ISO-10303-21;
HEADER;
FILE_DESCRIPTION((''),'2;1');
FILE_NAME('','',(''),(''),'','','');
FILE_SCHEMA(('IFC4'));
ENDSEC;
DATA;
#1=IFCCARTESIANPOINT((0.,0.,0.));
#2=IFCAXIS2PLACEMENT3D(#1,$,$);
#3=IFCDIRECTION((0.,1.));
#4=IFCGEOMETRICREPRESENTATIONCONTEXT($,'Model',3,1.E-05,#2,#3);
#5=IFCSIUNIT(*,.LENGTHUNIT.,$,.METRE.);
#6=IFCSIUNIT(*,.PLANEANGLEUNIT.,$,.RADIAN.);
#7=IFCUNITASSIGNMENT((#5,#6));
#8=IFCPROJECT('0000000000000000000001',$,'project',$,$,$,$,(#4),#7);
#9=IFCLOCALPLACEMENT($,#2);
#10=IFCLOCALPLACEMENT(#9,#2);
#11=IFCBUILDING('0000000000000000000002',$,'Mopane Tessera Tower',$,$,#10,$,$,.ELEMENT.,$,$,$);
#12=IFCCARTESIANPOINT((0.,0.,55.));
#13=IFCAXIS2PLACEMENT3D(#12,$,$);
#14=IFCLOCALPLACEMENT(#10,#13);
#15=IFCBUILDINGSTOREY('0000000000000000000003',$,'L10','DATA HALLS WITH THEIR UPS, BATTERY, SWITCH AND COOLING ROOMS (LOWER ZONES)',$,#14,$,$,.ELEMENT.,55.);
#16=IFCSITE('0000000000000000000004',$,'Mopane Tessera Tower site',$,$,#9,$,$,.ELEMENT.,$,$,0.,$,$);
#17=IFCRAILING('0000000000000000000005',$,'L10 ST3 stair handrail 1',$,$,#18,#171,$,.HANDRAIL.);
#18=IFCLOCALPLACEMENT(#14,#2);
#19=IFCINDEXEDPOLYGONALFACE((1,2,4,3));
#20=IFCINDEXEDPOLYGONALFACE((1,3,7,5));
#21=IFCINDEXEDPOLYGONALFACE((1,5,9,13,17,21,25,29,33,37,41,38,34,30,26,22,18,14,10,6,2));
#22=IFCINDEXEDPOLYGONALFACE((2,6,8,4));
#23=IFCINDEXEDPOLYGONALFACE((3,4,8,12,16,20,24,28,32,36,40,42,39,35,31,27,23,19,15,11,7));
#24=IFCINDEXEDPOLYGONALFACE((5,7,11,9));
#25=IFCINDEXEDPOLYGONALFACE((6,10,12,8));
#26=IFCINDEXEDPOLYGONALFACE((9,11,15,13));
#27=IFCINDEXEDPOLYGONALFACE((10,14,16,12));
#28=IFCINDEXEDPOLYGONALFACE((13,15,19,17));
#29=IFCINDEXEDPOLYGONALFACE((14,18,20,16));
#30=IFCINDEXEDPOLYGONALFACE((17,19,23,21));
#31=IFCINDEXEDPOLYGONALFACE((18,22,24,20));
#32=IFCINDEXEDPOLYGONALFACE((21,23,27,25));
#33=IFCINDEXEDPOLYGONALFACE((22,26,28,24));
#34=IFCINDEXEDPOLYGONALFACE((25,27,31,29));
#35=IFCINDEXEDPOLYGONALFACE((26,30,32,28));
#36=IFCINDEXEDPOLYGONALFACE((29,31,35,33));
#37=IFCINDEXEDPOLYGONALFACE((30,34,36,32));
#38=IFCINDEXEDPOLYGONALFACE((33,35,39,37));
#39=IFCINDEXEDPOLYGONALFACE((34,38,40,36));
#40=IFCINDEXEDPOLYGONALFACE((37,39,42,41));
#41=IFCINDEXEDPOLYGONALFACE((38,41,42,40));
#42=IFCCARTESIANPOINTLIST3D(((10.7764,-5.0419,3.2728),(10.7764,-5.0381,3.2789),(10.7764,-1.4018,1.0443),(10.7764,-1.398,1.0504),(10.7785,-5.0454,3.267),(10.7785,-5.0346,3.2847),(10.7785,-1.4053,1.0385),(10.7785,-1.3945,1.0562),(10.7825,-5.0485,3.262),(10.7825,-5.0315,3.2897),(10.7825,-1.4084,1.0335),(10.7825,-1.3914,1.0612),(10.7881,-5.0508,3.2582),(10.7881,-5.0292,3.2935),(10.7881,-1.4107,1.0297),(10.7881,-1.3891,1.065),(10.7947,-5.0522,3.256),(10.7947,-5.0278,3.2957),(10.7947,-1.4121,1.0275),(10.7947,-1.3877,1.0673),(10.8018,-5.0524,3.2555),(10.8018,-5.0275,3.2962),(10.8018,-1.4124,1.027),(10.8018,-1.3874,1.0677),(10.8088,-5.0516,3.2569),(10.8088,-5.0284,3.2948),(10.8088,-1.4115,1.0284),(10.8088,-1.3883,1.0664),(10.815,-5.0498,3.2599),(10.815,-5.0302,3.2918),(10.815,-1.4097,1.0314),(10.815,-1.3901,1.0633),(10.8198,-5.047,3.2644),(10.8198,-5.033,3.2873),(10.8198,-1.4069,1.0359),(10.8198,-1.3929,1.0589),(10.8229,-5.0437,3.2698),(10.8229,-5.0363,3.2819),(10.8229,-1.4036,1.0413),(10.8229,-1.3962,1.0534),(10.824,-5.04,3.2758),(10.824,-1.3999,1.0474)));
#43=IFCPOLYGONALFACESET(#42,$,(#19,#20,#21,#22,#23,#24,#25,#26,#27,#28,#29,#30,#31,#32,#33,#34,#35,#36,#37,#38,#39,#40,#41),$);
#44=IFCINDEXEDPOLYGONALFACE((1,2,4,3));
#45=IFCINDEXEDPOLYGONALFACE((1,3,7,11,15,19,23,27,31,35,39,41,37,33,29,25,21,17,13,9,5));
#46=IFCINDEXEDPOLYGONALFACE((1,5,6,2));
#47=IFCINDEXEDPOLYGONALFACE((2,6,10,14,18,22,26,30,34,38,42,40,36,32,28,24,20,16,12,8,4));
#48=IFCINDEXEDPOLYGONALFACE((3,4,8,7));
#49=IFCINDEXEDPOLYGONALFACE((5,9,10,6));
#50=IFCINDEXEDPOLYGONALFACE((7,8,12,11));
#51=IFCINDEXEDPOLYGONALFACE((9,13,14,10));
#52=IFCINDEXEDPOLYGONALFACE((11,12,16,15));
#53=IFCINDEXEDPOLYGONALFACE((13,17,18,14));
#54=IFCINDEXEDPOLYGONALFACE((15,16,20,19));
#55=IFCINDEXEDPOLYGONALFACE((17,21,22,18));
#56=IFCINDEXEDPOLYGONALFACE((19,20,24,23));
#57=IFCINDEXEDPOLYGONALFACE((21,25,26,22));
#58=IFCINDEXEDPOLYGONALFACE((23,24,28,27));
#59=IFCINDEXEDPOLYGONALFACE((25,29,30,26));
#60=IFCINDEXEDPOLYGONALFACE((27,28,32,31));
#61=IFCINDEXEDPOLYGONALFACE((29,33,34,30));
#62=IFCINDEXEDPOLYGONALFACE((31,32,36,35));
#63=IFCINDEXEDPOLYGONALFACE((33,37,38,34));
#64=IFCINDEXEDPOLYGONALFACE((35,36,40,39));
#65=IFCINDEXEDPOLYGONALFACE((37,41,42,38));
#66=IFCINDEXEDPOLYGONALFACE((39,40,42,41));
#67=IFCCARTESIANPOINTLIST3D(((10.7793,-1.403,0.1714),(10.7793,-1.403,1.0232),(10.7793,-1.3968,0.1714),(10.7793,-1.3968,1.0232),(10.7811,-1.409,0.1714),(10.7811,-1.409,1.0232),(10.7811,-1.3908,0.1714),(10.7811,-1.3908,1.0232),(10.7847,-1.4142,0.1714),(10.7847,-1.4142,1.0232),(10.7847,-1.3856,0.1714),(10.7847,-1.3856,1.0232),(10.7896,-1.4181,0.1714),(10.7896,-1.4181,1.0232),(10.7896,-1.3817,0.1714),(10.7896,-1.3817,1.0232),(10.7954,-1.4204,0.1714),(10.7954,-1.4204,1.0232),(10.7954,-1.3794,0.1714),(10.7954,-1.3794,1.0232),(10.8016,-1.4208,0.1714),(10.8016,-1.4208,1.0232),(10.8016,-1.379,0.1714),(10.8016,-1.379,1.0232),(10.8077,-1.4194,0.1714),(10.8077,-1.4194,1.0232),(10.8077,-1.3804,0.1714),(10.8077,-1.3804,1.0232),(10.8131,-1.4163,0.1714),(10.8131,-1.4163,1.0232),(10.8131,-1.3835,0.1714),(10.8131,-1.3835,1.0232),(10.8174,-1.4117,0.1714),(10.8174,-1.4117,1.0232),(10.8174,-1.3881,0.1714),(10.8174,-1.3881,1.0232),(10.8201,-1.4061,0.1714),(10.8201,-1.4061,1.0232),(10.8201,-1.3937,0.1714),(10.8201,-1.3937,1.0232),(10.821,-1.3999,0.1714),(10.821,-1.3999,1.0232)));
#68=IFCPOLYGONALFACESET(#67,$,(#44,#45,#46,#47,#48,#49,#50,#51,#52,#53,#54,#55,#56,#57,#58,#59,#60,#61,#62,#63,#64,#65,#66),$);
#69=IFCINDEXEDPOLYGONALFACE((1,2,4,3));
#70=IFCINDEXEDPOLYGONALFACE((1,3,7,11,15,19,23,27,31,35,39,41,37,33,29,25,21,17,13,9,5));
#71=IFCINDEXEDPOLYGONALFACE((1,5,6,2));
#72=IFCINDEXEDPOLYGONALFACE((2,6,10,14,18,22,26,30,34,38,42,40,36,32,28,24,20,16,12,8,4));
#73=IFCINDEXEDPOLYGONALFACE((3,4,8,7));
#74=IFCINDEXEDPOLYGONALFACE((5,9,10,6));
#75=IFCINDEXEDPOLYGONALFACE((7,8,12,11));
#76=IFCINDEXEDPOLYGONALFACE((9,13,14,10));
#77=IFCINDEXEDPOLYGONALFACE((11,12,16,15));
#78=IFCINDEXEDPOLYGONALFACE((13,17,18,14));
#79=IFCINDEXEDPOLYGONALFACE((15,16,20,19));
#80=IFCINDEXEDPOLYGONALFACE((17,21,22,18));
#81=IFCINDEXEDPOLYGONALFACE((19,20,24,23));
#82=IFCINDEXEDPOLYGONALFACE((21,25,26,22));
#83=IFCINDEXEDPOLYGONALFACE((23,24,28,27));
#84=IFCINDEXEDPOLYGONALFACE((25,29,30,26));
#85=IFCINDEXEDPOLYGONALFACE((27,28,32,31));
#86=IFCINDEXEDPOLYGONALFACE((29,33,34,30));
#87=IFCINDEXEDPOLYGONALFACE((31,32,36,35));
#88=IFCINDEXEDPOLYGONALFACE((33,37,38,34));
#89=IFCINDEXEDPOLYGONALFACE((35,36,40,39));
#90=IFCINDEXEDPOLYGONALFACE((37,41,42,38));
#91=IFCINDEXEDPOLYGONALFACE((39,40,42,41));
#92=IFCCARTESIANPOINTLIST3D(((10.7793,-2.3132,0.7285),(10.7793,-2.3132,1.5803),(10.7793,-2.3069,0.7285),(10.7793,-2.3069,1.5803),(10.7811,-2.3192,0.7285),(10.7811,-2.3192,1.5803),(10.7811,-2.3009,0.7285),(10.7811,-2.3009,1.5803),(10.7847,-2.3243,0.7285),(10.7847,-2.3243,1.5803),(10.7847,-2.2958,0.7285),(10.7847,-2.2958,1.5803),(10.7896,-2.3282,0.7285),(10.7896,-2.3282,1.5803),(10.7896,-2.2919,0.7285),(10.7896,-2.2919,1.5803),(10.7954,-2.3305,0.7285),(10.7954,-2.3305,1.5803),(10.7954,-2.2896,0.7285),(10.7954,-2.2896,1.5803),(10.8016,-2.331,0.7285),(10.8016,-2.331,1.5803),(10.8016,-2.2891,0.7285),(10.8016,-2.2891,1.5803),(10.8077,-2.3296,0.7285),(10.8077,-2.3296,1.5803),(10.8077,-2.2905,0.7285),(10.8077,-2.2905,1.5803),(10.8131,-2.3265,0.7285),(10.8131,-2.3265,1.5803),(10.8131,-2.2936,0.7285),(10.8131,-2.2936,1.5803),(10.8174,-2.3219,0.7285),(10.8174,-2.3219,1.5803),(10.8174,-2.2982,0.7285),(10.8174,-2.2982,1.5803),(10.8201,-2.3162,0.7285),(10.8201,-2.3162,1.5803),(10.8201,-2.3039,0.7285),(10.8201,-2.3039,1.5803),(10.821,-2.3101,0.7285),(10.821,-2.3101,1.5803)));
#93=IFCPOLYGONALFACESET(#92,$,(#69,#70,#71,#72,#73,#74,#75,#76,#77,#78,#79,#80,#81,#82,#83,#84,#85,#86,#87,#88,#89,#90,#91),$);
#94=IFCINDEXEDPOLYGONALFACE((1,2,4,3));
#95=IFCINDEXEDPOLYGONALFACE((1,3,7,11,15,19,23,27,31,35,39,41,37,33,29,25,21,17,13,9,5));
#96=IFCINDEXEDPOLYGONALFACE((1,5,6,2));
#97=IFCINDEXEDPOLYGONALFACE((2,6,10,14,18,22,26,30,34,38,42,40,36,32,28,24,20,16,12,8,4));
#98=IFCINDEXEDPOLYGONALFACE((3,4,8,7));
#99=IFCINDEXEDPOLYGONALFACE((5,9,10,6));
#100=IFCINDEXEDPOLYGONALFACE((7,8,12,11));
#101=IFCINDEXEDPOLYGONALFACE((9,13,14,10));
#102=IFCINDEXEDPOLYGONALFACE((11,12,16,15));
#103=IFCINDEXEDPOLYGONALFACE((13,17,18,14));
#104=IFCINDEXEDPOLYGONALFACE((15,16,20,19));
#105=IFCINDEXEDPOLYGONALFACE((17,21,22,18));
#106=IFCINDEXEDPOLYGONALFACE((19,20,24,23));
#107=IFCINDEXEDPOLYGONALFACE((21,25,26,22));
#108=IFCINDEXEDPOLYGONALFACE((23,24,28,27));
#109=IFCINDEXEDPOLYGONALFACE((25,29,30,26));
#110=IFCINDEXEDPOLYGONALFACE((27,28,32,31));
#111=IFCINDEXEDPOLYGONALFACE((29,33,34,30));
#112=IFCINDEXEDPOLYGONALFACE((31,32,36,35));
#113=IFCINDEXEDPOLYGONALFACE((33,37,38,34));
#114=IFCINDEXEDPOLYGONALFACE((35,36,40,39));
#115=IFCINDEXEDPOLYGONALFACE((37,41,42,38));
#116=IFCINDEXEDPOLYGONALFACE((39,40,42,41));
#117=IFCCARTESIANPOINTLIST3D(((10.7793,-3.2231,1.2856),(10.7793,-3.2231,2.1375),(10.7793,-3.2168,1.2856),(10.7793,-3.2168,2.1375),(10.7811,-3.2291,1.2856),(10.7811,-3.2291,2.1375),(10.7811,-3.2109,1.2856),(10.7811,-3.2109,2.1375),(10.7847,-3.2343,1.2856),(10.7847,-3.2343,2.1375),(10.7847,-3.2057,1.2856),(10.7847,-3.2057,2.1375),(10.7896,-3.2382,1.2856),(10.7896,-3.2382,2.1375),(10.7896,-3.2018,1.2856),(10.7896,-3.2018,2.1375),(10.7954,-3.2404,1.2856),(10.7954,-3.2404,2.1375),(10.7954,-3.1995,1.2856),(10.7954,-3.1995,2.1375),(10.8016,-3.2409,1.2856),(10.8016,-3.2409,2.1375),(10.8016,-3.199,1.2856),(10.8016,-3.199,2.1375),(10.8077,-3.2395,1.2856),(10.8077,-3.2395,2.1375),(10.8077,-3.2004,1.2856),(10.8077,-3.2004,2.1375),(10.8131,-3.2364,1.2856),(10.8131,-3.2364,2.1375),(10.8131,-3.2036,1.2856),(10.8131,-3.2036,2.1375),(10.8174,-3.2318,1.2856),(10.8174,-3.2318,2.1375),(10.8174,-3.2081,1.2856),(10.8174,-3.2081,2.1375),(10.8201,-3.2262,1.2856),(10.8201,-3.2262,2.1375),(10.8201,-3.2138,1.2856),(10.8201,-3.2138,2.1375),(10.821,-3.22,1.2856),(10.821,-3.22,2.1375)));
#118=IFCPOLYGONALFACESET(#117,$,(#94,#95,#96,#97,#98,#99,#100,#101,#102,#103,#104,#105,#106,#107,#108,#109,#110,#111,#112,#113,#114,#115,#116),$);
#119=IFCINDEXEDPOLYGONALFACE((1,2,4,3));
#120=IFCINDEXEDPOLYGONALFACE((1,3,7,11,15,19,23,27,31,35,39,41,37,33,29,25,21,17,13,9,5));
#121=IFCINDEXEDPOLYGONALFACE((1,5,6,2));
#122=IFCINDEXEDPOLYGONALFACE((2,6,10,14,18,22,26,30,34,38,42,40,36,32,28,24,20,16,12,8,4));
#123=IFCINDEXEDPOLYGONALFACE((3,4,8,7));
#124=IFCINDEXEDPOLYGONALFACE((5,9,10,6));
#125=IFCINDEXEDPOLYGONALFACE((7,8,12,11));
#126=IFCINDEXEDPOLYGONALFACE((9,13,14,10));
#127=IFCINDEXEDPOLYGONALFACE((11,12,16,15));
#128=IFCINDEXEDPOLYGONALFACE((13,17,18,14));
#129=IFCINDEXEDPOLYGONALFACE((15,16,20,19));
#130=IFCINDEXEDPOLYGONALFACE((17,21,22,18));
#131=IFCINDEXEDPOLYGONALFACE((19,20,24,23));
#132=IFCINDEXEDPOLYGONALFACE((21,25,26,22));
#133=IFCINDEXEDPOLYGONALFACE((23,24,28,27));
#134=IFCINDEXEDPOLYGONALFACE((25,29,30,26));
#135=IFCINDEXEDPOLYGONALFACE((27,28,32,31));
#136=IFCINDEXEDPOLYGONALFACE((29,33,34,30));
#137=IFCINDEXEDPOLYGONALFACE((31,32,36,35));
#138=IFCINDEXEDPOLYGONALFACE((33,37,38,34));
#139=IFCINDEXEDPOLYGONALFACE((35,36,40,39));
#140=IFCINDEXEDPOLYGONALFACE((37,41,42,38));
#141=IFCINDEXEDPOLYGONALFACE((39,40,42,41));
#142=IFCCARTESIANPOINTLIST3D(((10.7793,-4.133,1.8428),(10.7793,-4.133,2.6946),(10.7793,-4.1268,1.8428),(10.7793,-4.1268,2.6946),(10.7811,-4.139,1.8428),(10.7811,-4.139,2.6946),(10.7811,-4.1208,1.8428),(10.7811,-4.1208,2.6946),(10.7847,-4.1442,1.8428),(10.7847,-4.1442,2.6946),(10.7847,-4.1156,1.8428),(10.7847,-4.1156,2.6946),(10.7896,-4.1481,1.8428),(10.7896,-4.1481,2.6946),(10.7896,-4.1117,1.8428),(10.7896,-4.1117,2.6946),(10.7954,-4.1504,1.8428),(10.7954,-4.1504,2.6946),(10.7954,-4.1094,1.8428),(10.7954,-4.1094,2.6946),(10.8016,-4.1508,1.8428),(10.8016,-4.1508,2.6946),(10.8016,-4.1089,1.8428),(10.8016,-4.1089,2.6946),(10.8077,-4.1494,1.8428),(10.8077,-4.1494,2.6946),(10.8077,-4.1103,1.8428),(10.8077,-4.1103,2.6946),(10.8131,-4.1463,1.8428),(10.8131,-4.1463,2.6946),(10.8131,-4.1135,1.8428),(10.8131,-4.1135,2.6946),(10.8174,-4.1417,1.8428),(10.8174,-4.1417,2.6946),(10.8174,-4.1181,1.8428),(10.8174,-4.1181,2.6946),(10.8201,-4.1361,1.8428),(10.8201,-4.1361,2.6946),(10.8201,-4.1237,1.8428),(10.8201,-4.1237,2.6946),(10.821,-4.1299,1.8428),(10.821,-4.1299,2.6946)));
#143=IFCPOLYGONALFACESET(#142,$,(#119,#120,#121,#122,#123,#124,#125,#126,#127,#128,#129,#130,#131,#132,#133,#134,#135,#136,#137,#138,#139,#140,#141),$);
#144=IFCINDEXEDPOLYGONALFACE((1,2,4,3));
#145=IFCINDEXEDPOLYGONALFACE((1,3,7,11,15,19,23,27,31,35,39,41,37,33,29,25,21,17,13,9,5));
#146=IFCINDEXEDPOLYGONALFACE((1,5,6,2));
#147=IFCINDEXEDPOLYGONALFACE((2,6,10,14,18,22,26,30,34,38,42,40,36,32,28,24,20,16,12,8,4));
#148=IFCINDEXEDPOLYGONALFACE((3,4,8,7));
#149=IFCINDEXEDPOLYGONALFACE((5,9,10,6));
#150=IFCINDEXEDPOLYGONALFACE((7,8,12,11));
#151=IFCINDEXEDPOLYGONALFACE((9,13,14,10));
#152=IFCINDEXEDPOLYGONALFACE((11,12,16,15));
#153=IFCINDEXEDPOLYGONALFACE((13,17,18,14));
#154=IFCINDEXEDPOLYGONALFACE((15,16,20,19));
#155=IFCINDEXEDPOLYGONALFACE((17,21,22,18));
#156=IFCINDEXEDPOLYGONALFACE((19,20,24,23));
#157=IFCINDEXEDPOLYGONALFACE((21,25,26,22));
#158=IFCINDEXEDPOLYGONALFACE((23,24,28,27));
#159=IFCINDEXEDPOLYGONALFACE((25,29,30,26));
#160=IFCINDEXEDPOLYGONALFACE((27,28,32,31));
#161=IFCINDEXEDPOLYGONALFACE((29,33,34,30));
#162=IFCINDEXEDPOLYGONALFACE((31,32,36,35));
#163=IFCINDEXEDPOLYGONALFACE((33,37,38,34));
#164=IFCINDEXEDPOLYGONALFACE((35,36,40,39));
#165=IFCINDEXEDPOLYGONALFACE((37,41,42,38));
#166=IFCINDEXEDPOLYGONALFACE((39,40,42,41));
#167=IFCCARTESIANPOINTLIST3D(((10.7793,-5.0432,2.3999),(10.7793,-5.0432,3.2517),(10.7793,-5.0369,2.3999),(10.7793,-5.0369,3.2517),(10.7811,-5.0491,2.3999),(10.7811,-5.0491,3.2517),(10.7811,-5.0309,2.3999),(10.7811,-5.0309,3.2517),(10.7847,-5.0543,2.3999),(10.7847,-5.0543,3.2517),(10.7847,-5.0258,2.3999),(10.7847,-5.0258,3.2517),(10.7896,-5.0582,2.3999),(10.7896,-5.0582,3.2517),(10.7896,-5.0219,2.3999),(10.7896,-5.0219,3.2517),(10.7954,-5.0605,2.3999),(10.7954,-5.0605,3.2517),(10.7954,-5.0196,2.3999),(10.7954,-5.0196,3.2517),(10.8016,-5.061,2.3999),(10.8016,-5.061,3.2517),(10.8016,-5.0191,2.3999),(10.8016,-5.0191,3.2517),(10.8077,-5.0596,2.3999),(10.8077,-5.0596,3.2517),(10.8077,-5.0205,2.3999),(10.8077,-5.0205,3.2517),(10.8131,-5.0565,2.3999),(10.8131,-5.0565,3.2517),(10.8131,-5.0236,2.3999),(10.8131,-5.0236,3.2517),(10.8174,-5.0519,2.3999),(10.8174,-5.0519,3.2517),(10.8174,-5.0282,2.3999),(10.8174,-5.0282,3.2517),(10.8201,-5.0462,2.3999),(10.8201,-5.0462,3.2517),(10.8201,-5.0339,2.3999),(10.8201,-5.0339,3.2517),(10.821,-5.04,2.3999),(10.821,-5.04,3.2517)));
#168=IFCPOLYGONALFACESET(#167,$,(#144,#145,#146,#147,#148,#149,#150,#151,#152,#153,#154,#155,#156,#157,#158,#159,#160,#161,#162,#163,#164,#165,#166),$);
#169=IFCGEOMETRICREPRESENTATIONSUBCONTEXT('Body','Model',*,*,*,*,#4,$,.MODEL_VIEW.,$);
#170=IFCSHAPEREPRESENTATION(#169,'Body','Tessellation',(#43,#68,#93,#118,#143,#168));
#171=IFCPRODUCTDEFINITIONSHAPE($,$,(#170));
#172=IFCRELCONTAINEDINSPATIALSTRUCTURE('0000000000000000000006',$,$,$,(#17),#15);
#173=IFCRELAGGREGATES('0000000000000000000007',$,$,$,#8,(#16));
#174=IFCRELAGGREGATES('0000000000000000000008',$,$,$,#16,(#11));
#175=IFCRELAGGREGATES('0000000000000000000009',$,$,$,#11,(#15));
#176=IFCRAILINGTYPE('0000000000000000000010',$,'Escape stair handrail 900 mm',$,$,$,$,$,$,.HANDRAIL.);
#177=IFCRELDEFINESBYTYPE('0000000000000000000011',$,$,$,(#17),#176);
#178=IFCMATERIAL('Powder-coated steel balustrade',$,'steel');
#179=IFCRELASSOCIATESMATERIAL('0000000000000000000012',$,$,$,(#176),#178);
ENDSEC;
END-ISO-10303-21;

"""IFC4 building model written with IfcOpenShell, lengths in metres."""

from ifc_helpers import new_model, si_unit, direction, frame, origin, origin_2d, place, context, subcontext, project, spatial, circle, extrude, material, type_object, element, save


model = new_model("IFC4")

# Units and contexts
model_context = context("Model", 3, precision=1e-05, world=origin(), true_north=direction((0.0, 1.0)))
body_context = subcontext(model_context, "Body", "Model", "MODEL_VIEW")
ifc_project = project(units=[si_unit("LENGTHUNIT", "METRE"), si_unit("PLANEANGLEUNIT", "RADIAN")], contexts=[model_context])

# Site, building, storey
site_placement = place(None, origin())
site = spatial("IfcSite", under=ifc_project, at=site_placement, Name="Mopane Tessera Tower site", CompositionType="ELEMENT", RefElevation=0.0)
building_placement = place(site_placement, origin())
building = spatial("IfcBuilding", under=site, at=building_placement, Name="Mopane Tessera Tower", CompositionType="ELEMENT")
storey_placement = place(building_placement, frame((0.0, 0.0, 55.0)))
storey = spatial("IfcBuildingStorey", under=building, at=storey_placement, Name="L10", Description="DATA HALLS WITH THEIR UPS, BATTERY, SWITCH AND COOLING ROOMS (LOWER ZONES)", CompositionType="ELEMENT", Elevation=55.0)

# Railing
ifc_material_1 = material(Name="Powder-coated steel balustrade", Category="steel")
railing_type_1 = type_object("IfcRailingType", Name="Escape stair handrail 900 mm", PredefinedType="HANDRAIL", material=ifc_material_1)
railing_1_placement = place(storey_placement, frame((10.8, -1.3999, 0.1714)))
element("IfcRailing", 1, at=railing_1_placement, inside=storey, type_object=railing_type_1, Name="L10 ST3 stair handrail 1", PredefinedType="HANDRAIL", context=body_context, shape_type="SweptSolid", body=[
    extrude(circle(Radius=0.0239, at=origin_2d()), frame((0.0, 0.0, 0.876), z_axis=(0.0, -0.852866, 0.52213), x_axis=(1.0, 0.0, 0.0)), (0.0, 0.0, 1.0), 4.2681),
    extrude(circle(Radius=0.021, at=origin_2d()), origin(), (0.0, 0.0, 1.0), 0.8518),
    extrude(circle(Radius=0.021, at=origin_2d()), frame((0.0, -0.9102, 0.5571)), (0.0, 0.0, 1.0), 0.8518),
    extrude(circle(Radius=0.021, at=origin_2d()), frame((0.0, -1.8201, 1.1143)), (0.0, 0.0, 1.0), 0.8518),
    extrude(circle(Radius=0.021, at=origin_2d()), frame((0.0, -2.73, 1.6714)), (0.0, 0.0, 1.0), 0.8518),
    extrude(circle(Radius=0.021, at=origin_2d()), frame((0.0, -3.6401, 2.2285)), (0.0, 0.0, 1.0), 0.8518),
])

save(model, "model.ifc")
